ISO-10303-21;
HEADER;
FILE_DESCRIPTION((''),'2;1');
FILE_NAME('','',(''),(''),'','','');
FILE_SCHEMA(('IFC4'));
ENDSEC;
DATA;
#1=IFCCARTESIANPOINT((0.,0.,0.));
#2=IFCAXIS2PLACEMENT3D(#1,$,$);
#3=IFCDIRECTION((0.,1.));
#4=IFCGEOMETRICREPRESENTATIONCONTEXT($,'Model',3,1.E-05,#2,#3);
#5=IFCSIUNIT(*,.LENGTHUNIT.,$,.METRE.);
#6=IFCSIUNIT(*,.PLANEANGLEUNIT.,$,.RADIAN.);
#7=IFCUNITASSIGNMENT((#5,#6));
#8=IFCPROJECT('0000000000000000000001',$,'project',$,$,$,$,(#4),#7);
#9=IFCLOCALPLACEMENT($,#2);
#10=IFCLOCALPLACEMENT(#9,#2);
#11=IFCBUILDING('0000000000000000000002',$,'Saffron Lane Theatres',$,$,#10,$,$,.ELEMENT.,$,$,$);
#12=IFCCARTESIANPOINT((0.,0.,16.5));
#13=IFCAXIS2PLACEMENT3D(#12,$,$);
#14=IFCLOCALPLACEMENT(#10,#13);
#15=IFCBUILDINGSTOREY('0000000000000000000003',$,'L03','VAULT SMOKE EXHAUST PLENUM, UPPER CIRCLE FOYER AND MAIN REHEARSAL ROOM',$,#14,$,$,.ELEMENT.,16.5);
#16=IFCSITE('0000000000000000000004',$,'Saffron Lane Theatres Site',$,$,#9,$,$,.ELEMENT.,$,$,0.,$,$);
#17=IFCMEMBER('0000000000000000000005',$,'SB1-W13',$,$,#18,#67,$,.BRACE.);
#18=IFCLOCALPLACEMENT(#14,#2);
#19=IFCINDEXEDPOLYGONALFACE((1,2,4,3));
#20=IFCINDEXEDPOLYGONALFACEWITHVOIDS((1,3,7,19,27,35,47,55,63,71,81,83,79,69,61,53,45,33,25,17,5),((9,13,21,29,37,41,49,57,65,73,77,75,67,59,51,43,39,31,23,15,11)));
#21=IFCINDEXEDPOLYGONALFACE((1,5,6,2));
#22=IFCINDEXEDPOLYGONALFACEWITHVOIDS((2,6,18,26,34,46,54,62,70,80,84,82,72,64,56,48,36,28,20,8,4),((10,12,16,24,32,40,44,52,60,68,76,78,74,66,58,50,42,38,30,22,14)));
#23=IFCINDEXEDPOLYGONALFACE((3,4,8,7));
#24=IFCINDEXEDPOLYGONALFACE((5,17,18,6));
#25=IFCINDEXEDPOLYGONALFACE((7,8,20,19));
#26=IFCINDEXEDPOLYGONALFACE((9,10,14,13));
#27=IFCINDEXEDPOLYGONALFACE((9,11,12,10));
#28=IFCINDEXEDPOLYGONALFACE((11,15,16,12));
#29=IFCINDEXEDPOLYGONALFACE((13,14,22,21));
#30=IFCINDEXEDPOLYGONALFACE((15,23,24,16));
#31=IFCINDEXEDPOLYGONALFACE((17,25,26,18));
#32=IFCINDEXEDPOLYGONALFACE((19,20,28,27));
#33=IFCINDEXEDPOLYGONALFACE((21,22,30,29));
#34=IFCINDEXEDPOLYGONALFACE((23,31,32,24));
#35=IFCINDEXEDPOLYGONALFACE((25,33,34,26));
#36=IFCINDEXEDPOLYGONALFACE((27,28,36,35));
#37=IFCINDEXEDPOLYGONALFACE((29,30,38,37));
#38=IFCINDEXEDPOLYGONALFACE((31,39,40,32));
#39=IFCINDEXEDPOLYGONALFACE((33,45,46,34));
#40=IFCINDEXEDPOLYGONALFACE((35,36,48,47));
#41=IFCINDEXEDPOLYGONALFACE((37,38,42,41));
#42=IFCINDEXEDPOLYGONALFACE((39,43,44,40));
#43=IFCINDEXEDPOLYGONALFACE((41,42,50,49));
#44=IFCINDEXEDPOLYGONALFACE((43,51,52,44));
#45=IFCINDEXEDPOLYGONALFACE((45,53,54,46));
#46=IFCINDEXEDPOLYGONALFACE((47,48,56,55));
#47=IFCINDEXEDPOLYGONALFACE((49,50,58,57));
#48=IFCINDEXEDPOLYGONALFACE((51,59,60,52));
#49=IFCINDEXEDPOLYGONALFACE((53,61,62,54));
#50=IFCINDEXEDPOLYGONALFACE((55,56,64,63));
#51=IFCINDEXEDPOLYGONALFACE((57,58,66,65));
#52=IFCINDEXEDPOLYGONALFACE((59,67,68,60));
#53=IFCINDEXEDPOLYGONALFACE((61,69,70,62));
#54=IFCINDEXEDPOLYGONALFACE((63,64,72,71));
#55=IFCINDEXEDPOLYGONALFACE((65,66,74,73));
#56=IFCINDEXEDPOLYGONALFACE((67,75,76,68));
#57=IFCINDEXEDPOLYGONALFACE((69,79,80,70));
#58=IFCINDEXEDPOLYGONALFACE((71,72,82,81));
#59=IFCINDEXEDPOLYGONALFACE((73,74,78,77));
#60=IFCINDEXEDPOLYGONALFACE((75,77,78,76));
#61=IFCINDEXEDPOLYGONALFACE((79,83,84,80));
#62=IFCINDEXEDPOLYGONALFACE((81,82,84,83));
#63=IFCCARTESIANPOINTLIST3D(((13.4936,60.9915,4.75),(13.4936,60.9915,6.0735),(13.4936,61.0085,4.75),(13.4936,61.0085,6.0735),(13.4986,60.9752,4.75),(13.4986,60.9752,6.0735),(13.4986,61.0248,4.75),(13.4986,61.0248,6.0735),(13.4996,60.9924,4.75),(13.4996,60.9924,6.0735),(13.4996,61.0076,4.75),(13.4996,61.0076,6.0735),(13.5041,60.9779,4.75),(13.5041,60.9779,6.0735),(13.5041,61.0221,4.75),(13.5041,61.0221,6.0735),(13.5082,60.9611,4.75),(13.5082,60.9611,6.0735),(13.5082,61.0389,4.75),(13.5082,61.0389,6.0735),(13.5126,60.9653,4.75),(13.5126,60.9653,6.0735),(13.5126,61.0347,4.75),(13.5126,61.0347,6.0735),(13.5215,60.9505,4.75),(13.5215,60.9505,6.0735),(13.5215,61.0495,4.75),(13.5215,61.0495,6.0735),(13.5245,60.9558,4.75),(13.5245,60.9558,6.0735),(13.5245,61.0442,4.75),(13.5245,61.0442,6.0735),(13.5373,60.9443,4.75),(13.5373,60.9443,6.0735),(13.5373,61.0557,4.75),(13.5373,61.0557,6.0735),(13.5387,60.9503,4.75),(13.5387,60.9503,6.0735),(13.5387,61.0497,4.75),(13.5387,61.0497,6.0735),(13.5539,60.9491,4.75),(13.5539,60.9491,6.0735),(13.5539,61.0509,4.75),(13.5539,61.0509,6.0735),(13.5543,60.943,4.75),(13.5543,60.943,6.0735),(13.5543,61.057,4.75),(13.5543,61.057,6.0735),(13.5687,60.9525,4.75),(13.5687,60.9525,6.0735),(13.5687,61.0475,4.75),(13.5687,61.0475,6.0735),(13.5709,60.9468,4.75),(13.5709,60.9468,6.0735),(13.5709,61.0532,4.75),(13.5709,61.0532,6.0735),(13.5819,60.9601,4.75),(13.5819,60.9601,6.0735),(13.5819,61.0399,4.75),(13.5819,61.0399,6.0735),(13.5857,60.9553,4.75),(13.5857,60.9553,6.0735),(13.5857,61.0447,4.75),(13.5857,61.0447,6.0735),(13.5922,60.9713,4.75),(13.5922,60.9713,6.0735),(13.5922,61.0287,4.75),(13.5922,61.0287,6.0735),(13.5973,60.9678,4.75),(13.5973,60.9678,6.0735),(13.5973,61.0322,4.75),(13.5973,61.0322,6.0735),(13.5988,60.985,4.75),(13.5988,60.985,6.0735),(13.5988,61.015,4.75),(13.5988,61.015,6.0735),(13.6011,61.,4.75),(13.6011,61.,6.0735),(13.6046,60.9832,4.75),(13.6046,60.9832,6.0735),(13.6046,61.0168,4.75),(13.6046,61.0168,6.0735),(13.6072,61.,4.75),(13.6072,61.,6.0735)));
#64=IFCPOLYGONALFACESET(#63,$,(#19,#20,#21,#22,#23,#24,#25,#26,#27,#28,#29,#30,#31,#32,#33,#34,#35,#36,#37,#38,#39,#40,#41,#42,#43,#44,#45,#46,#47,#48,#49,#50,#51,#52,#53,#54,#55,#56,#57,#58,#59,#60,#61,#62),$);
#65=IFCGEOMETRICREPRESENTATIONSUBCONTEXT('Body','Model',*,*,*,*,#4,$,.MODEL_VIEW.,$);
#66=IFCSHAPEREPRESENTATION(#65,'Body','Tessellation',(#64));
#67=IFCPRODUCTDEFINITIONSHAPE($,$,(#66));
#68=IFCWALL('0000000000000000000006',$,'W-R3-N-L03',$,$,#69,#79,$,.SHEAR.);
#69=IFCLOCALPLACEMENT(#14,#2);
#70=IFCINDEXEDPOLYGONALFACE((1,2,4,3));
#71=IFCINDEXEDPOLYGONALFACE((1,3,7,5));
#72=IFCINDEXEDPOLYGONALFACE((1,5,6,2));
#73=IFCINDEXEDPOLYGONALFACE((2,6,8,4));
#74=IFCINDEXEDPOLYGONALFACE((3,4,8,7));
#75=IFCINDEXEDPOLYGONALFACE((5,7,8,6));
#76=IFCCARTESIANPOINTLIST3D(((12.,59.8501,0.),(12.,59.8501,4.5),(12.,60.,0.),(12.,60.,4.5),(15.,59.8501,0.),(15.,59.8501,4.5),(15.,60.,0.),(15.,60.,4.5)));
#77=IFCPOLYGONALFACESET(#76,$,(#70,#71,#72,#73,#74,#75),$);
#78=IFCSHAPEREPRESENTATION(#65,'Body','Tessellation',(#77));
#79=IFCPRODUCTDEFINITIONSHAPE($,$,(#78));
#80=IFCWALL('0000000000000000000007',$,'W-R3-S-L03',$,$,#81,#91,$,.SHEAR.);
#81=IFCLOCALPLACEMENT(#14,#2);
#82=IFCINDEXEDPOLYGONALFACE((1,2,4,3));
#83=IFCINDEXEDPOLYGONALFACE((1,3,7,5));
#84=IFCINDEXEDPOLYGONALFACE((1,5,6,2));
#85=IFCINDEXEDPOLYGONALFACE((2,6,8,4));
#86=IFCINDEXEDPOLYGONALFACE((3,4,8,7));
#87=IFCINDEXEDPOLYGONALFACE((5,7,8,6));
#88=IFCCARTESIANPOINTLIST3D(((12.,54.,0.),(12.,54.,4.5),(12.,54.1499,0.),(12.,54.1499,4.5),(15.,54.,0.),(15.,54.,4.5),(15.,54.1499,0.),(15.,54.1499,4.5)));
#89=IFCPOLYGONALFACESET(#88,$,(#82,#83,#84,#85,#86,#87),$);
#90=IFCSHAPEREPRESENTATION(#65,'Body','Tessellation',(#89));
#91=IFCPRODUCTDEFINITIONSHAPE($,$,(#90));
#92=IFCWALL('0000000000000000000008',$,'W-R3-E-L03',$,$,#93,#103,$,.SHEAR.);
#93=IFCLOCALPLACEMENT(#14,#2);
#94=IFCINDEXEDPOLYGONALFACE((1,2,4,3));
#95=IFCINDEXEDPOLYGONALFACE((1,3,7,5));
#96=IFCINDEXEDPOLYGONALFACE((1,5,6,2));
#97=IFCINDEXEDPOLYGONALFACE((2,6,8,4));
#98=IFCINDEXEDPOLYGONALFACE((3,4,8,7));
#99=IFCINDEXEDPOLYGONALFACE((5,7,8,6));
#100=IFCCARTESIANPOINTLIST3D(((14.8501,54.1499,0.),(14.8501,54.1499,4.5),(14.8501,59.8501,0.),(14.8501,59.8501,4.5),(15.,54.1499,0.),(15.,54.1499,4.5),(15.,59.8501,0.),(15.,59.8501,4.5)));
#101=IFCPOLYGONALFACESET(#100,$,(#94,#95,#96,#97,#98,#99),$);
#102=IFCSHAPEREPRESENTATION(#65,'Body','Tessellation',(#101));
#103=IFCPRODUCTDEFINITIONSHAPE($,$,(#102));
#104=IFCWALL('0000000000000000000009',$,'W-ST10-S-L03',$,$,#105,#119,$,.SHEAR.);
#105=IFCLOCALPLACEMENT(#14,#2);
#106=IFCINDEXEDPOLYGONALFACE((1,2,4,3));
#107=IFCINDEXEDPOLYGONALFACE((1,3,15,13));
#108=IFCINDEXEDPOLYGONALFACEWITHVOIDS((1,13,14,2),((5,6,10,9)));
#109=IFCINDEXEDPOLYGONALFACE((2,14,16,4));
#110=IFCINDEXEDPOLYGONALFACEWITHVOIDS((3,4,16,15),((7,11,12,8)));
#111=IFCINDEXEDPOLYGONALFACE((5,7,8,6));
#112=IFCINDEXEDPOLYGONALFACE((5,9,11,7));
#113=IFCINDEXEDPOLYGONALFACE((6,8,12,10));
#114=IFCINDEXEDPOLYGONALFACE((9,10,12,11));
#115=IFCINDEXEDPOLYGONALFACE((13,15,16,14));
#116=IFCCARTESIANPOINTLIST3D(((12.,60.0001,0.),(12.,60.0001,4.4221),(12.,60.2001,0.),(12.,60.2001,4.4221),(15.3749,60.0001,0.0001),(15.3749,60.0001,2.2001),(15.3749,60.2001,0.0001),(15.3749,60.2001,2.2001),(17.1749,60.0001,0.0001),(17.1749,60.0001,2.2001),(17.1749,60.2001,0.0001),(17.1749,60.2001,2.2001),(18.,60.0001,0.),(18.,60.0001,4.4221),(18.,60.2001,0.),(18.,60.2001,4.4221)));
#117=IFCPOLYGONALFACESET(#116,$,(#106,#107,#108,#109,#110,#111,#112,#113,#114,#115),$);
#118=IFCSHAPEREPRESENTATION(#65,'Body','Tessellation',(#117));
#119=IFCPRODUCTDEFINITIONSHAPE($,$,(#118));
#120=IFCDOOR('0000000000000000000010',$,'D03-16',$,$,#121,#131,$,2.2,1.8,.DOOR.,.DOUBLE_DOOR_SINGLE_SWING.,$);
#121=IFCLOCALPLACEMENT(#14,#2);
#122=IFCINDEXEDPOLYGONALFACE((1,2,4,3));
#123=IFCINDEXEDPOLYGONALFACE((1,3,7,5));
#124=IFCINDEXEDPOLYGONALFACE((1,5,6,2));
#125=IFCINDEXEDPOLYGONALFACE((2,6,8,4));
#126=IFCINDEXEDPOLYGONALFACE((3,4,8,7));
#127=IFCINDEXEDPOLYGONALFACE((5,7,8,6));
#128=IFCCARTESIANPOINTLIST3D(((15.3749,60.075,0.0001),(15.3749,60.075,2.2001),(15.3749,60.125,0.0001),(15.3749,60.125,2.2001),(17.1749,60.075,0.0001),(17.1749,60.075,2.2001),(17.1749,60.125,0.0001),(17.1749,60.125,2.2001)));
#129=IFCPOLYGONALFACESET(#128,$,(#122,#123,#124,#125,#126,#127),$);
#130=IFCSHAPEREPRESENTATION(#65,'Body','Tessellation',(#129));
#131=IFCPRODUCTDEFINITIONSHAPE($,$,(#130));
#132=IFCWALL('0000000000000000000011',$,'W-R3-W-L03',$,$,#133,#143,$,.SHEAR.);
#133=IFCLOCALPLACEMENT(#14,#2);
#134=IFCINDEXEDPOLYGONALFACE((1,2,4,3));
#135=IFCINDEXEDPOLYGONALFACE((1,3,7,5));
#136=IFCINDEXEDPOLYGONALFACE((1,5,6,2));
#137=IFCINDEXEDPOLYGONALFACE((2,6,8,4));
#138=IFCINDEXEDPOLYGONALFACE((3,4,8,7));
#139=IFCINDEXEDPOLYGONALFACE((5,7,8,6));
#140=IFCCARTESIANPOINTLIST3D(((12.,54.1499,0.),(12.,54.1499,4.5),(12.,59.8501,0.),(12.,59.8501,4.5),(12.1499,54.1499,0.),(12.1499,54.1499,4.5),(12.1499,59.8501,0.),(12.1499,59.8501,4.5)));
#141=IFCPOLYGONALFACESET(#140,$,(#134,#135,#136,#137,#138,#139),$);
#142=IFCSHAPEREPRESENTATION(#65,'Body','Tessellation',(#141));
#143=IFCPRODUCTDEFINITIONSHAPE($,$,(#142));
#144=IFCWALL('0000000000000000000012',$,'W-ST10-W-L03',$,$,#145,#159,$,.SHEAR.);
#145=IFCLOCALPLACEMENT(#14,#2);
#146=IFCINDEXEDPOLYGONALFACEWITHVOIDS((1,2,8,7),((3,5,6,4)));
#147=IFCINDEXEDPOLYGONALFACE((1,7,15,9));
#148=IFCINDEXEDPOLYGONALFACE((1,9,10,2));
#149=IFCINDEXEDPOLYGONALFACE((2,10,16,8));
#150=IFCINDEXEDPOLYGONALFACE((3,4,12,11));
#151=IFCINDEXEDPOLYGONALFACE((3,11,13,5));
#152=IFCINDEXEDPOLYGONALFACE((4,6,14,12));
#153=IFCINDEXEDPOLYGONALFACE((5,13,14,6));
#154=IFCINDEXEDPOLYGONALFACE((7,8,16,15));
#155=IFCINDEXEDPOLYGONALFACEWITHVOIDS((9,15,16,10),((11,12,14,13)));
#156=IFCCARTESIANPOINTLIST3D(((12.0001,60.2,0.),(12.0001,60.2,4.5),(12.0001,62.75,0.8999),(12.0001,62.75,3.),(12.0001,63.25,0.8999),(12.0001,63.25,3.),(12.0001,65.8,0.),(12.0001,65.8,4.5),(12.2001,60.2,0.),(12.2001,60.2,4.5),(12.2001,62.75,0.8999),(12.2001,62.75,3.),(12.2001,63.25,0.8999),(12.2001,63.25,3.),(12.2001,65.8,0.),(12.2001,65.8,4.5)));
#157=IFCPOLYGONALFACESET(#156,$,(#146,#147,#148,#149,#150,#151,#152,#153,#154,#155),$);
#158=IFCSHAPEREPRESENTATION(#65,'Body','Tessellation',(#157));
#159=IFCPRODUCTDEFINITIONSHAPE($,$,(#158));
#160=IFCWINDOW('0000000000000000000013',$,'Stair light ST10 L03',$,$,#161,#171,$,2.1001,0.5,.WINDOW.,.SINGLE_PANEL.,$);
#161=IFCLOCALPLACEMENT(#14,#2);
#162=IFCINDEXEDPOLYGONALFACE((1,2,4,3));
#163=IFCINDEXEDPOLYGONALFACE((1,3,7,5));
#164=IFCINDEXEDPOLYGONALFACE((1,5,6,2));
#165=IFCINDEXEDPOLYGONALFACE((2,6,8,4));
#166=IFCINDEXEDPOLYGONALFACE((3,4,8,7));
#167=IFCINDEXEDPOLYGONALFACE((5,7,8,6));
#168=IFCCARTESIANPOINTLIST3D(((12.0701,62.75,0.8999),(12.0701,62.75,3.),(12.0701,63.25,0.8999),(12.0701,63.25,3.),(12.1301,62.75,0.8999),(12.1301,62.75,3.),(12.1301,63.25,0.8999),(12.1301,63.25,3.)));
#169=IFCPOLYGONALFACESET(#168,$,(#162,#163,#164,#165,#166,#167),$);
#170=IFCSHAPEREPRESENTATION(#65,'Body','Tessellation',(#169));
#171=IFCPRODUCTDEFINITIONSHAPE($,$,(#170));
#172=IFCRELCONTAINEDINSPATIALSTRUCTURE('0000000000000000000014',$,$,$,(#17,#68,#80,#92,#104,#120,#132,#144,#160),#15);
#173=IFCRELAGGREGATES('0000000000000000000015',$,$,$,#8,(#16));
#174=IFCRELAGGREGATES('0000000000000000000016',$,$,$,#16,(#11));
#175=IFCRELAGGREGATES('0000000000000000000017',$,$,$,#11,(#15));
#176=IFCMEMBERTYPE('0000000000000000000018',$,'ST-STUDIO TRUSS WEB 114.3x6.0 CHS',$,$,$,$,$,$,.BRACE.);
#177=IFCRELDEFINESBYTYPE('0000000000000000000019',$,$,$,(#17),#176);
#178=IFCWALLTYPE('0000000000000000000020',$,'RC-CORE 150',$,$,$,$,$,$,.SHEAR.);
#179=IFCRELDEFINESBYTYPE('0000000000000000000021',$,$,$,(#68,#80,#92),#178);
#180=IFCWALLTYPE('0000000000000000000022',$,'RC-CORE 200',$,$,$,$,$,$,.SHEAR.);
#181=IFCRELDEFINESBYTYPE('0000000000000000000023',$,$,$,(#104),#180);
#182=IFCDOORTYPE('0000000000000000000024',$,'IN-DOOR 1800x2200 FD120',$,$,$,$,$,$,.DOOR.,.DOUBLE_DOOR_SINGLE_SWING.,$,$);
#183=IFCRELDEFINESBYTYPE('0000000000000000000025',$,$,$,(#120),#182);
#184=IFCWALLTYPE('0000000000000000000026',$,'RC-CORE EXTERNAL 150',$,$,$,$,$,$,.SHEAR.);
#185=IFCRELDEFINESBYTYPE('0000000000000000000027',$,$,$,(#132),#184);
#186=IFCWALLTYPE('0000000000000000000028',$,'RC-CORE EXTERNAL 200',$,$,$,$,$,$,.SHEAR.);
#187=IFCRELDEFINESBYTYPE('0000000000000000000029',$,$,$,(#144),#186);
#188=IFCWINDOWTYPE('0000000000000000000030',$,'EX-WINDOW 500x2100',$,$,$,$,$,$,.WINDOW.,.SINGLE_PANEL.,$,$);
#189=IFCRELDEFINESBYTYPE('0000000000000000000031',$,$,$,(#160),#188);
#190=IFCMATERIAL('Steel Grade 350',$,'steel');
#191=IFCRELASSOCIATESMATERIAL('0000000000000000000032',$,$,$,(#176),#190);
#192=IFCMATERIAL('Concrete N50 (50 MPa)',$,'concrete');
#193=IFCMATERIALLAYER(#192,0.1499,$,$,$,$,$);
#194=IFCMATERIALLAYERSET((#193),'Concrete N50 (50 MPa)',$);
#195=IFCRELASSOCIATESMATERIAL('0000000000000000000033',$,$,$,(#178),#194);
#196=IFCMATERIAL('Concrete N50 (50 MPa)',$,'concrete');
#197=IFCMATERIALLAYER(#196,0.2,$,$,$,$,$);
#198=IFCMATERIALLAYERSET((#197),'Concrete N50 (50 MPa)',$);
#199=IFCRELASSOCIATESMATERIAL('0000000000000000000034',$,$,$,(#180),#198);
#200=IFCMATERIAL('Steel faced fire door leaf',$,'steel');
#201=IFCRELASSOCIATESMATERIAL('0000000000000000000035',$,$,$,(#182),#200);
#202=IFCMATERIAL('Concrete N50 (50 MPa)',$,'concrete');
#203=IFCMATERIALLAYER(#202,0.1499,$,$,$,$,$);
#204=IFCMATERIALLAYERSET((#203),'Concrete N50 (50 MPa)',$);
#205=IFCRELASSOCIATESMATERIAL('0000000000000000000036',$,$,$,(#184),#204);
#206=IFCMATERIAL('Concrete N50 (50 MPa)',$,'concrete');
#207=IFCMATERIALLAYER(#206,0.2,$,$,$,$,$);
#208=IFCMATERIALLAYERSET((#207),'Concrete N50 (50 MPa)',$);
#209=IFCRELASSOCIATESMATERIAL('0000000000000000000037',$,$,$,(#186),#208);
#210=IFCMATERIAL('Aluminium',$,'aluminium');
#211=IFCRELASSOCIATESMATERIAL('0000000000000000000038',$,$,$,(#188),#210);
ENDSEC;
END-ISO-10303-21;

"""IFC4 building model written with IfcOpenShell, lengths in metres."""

from ifc_helpers import new_model, si_unit, direction, frame, frame_2d, origin, origin_2d, place, context, subcontext, project, spatial, rectangle, hollow_circle, extrude, material, layer, layer_set, material_profile, profile_set, type_object, element, fill, save


model = new_model("IFC4")

# Units and contexts
model_context = context("Model", 3, precision=1e-05, world=origin(), true_north=direction((0.0, 1.0)))
body_context = subcontext(model_context, "Body", "Model", "MODEL_VIEW")
ifc_project = project(units=[si_unit("LENGTHUNIT", "METRE"), si_unit("PLANEANGLEUNIT", "RADIAN")], contexts=[model_context])

# Site, building, storey
site_placement = place(None, origin())
site = spatial("IfcSite", under=ifc_project, at=site_placement, Name="Saffron Lane Theatres Site", CompositionType="ELEMENT", RefElevation=0.0)
building_placement = place(site_placement, origin())
building = spatial("IfcBuilding", under=site, at=building_placement, Name="Saffron Lane Theatres", CompositionType="ELEMENT")
storey_placement = place(building_placement, frame((0.0, 0.0, 16.5)))
storey = spatial("IfcBuildingStorey", under=building, at=storey_placement, Name="L03", Description="VAULT SMOKE EXHAUST PLENUM, UPPER CIRCLE FOYER AND MAIN REHEARSAL ROOM", CompositionType="ELEMENT", Elevation=16.5)

# Member
ifc_material_1 = material(Name="Steel Grade 350", Category="steel")
ifc_material_profile_1 = material_profile(ifc_material_1, hollow_circle(Radius=0.0571, WallThickness=0.0061, at=origin_2d()))
ifc_profile_set_1 = profile_set([ifc_material_profile_1], Name="Steel Grade 350")
member_type_1 = type_object("IfcMemberType", Name="ST-STUDIO TRUSS WEB 114.3x6.0 CHS", PredefinedType="BRACE", material=ifc_profile_set_1)
for number, where, z_axis, x_axis, name in (
    (1, (13.55, 61.0, 4.75), (0.0, 0.0, 1.0), (1.0, 0.0, 0.0), "SB1-W13"),
):
    element("IfcMember", number, at=place(storey_placement, frame(where, z_axis=z_axis, x_axis=x_axis)), inside=storey, type_object=member_type_1, Name=name, PredefinedType="BRACE", context=body_context, shape_type="SweptSolid", body=[
        extrude(hollow_circle(Radius=0.0571, WallThickness=0.0061, at=origin_2d()), origin(), (0.0, 0.0, 1.0), 1.3235),
    ])

# Walls
ifc_material_2 = material(Name="Concrete N50 (50 MPa)", Category="concrete")
ifc_layer_1 = layer(ifc_material_2, 0.1499)
ifc_layer_set_1 = layer_set([ifc_layer_1], Name="Concrete N50 (50 MPa)")
wall_type_1 = type_object("IfcWallType", Name="RC-CORE 150", PredefinedType="SHEAR", material=ifc_layer_set_1)
for number, where, z_axis, x_axis, name in (
    (2, (12.0, 59.925, 0.0), (0.0, 0.0, 1.0), (1.0, 0.0, 0.0), "W-R3-N-L03"),
    (3, (12.0, 54.075, 0.0), (0.0, 0.0, 1.0), (1.0, 0.0, 0.0), "W-R3-S-L03"),
):
    element("IfcWall", number, at=place(storey_placement, frame(where, z_axis=z_axis, x_axis=x_axis)), inside=storey, type_object=wall_type_1, Name=name, PredefinedType="SHEAR", context=body_context, shape_type="SweptSolid", body=[
        extrude(rectangle(XDim=3.0, YDim=0.1499, at=frame_2d((1.5, 0.0))), origin(), (0.0, 0.0, 1.0), 4.5),
    ])
wall_1_placement = place(storey_placement, frame((14.925, 54.1499, 0.0), z_axis=(0.0, 0.0, 1.0), x_axis=(0.0, 1.0, 0.0)))
element("IfcWall", 4, at=wall_1_placement, inside=storey, type_object=wall_type_1, Name="W-R3-E-L03", PredefinedType="SHEAR", context=body_context, shape_type="SweptSolid", body=[
    extrude(rectangle(XDim=5.7002, YDim=0.1499, at=frame_2d((2.8501, 0.0))), origin(), (0.0, 0.0, 1.0), 4.5),
])

# Wall, opening, door
ifc_material_3 = material(Name="Concrete N50 (50 MPa)", Category="concrete")
ifc_layer_2 = layer(ifc_material_3, 0.2)
ifc_layer_set_2 = layer_set([ifc_layer_2], Name="Concrete N50 (50 MPa)")
wall_type_2 = type_object("IfcWallType", Name="RC-CORE 200", PredefinedType="SHEAR", material=ifc_layer_set_2)
wall_2_placement = place(storey_placement, frame((12.0, 60.1001, 0.0), z_axis=(0.0, 0.0, 1.0), x_axis=(1.0, 0.0, 0.0)))
wall_2 = element("IfcWall", 5, at=wall_2_placement, inside=storey, type_object=wall_type_2, Name="W-ST10-S-L03", PredefinedType="SHEAR", context=body_context, shape_type="SweptSolid", body=[
    extrude(rectangle(XDim=6.0, YDim=0.2, at=frame_2d((3.0, 0.0))), origin(), (0.0, 0.0, 1.0), 4.4221),
])
opening_1_placement = place(wall_2_placement, frame((3.375, 0.0, 0.0)))
opening_1 = element("IfcOpeningElement", 6, at=opening_1_placement, cuts=wall_2, PredefinedType="OPENING", context=body_context, shape_type="SweptSolid", body=[
    extrude(rectangle(XDim=1.8, YDim=2.2, at=frame_2d((0.8999, 1.1001))), frame((0.0, 0.1099, 0.0), z_axis=(0.0, -1.0, 0.0), x_axis=(1.0, 0.0, 0.0)), (0.0, 0.0, 1.0), 0.22),
])
ifc_material_4 = material(Name="Steel faced fire door leaf", Category="steel")
door_type = type_object("IfcDoorType", Name="IN-DOOR 1800x2200 FD120", OperationType="DOUBLE_DOOR_SINGLE_SWING", PredefinedType="DOOR", material=ifc_material_4)
door_placement = place(opening_1_placement, origin())
door = element("IfcDoor", 7, at=door_placement, inside=storey, type_object=door_type, Name="D03-16", OperationType="DOUBLE_DOOR_SINGLE_SWING", OverallHeight=2.2, OverallWidth=1.8, PredefinedType="DOOR", context=body_context, shape_type="SweptSolid", body=[
    extrude(rectangle(XDim=1.8, YDim=2.2, at=frame_2d((0.8999, 1.1001))), frame((0.0, 0.0249, 0.0), z_axis=(0.0, -1.0, 0.0), x_axis=(1.0, 0.0, 0.0)), (0.0, 0.0, 1.0), 0.05),
])
fill(opening_1, door)

# Wall
ifc_material_5 = material(Name="Concrete N50 (50 MPa)", Category="concrete")
ifc_layer_3 = layer(ifc_material_5, 0.1499)
ifc_layer_set_3 = layer_set([ifc_layer_3], Name="Concrete N50 (50 MPa)")
wall_type_3 = type_object("IfcWallType", Name="RC-CORE EXTERNAL 150", PredefinedType="SHEAR", material=ifc_layer_set_3)
wall_3_placement = place(storey_placement, frame((12.075, 54.1499, 0.0), z_axis=(0.0, 0.0, 1.0), x_axis=(0.0, 1.0, 0.0)))
element("IfcWall", 8, at=wall_3_placement, inside=storey, type_object=wall_type_3, Name="W-R3-W-L03", PredefinedType="SHEAR", context=body_context, shape_type="SweptSolid", body=[
    extrude(rectangle(XDim=5.7002, YDim=0.1499, at=frame_2d((2.8501, 0.0))), origin(), (0.0, 0.0, 1.0), 4.5),
])

# Wall, opening, window
ifc_material_6 = material(Name="Concrete N50 (50 MPa)", Category="concrete")
ifc_layer_4 = layer(ifc_material_6, 0.2)
ifc_layer_set_4 = layer_set([ifc_layer_4], Name="Concrete N50 (50 MPa)")
wall_type_4 = type_object("IfcWallType", Name="RC-CORE EXTERNAL 200", PredefinedType="SHEAR", material=ifc_layer_set_4)
wall_4_placement = place(storey_placement, frame((12.1001, 60.2, 0.0), z_axis=(0.0, 0.0, 1.0), x_axis=(0.0, 1.0, 0.0)))
wall_4 = element("IfcWall", 9, at=wall_4_placement, inside=storey, type_object=wall_type_4, Name="W-ST10-W-L03", PredefinedType="SHEAR", context=body_context, shape_type="SweptSolid", body=[
    extrude(rectangle(XDim=5.6001, YDim=0.2, at=frame_2d((2.8, 0.0))), origin(), (0.0, 0.0, 1.0), 4.5),
])
opening_2_placement = place(wall_4_placement, frame((2.55, 0.0, 0.8999)))
opening_2 = element("IfcOpeningElement", 10, at=opening_2_placement, cuts=wall_4, PredefinedType="OPENING", context=body_context, shape_type="SweptSolid", body=[
    extrude(rectangle(XDim=0.5, YDim=2.1001, at=frame_2d((0.25, 1.05))), frame((0.0, 0.1099, 0.0), z_axis=(0.0, -1.0, 0.0), x_axis=(1.0, 0.0, 0.0)), (0.0, 0.0, 1.0), 0.22),
])
ifc_material_7 = material(Name="Aluminium", Category="aluminium")
window_type = type_object("IfcWindowType", Name="EX-WINDOW 500x2100", PartitioningType="SINGLE_PANEL", PredefinedType="WINDOW", material=ifc_material_7)
window_placement = place(opening_2_placement, origin())
window = element("IfcWindow", 11, at=window_placement, inside=storey, type_object=window_type, Name="Stair light ST10 L03", OverallHeight=2.1001, OverallWidth=0.5, PartitioningType="SINGLE_PANEL", PredefinedType="WINDOW", context=body_context, shape_type="SweptSolid", body=[
    extrude(rectangle(XDim=0.5, YDim=2.1001, at=frame_2d((0.25, 1.05))), frame((0.0, 0.03, 0.0), z_axis=(0.0, -1.0, 0.0), x_axis=(1.0, 0.0, 0.0)), (0.0, 0.0, 1.0), 0.0601),
])
fill(opening_2, window)

save(model, "model.ifc")
